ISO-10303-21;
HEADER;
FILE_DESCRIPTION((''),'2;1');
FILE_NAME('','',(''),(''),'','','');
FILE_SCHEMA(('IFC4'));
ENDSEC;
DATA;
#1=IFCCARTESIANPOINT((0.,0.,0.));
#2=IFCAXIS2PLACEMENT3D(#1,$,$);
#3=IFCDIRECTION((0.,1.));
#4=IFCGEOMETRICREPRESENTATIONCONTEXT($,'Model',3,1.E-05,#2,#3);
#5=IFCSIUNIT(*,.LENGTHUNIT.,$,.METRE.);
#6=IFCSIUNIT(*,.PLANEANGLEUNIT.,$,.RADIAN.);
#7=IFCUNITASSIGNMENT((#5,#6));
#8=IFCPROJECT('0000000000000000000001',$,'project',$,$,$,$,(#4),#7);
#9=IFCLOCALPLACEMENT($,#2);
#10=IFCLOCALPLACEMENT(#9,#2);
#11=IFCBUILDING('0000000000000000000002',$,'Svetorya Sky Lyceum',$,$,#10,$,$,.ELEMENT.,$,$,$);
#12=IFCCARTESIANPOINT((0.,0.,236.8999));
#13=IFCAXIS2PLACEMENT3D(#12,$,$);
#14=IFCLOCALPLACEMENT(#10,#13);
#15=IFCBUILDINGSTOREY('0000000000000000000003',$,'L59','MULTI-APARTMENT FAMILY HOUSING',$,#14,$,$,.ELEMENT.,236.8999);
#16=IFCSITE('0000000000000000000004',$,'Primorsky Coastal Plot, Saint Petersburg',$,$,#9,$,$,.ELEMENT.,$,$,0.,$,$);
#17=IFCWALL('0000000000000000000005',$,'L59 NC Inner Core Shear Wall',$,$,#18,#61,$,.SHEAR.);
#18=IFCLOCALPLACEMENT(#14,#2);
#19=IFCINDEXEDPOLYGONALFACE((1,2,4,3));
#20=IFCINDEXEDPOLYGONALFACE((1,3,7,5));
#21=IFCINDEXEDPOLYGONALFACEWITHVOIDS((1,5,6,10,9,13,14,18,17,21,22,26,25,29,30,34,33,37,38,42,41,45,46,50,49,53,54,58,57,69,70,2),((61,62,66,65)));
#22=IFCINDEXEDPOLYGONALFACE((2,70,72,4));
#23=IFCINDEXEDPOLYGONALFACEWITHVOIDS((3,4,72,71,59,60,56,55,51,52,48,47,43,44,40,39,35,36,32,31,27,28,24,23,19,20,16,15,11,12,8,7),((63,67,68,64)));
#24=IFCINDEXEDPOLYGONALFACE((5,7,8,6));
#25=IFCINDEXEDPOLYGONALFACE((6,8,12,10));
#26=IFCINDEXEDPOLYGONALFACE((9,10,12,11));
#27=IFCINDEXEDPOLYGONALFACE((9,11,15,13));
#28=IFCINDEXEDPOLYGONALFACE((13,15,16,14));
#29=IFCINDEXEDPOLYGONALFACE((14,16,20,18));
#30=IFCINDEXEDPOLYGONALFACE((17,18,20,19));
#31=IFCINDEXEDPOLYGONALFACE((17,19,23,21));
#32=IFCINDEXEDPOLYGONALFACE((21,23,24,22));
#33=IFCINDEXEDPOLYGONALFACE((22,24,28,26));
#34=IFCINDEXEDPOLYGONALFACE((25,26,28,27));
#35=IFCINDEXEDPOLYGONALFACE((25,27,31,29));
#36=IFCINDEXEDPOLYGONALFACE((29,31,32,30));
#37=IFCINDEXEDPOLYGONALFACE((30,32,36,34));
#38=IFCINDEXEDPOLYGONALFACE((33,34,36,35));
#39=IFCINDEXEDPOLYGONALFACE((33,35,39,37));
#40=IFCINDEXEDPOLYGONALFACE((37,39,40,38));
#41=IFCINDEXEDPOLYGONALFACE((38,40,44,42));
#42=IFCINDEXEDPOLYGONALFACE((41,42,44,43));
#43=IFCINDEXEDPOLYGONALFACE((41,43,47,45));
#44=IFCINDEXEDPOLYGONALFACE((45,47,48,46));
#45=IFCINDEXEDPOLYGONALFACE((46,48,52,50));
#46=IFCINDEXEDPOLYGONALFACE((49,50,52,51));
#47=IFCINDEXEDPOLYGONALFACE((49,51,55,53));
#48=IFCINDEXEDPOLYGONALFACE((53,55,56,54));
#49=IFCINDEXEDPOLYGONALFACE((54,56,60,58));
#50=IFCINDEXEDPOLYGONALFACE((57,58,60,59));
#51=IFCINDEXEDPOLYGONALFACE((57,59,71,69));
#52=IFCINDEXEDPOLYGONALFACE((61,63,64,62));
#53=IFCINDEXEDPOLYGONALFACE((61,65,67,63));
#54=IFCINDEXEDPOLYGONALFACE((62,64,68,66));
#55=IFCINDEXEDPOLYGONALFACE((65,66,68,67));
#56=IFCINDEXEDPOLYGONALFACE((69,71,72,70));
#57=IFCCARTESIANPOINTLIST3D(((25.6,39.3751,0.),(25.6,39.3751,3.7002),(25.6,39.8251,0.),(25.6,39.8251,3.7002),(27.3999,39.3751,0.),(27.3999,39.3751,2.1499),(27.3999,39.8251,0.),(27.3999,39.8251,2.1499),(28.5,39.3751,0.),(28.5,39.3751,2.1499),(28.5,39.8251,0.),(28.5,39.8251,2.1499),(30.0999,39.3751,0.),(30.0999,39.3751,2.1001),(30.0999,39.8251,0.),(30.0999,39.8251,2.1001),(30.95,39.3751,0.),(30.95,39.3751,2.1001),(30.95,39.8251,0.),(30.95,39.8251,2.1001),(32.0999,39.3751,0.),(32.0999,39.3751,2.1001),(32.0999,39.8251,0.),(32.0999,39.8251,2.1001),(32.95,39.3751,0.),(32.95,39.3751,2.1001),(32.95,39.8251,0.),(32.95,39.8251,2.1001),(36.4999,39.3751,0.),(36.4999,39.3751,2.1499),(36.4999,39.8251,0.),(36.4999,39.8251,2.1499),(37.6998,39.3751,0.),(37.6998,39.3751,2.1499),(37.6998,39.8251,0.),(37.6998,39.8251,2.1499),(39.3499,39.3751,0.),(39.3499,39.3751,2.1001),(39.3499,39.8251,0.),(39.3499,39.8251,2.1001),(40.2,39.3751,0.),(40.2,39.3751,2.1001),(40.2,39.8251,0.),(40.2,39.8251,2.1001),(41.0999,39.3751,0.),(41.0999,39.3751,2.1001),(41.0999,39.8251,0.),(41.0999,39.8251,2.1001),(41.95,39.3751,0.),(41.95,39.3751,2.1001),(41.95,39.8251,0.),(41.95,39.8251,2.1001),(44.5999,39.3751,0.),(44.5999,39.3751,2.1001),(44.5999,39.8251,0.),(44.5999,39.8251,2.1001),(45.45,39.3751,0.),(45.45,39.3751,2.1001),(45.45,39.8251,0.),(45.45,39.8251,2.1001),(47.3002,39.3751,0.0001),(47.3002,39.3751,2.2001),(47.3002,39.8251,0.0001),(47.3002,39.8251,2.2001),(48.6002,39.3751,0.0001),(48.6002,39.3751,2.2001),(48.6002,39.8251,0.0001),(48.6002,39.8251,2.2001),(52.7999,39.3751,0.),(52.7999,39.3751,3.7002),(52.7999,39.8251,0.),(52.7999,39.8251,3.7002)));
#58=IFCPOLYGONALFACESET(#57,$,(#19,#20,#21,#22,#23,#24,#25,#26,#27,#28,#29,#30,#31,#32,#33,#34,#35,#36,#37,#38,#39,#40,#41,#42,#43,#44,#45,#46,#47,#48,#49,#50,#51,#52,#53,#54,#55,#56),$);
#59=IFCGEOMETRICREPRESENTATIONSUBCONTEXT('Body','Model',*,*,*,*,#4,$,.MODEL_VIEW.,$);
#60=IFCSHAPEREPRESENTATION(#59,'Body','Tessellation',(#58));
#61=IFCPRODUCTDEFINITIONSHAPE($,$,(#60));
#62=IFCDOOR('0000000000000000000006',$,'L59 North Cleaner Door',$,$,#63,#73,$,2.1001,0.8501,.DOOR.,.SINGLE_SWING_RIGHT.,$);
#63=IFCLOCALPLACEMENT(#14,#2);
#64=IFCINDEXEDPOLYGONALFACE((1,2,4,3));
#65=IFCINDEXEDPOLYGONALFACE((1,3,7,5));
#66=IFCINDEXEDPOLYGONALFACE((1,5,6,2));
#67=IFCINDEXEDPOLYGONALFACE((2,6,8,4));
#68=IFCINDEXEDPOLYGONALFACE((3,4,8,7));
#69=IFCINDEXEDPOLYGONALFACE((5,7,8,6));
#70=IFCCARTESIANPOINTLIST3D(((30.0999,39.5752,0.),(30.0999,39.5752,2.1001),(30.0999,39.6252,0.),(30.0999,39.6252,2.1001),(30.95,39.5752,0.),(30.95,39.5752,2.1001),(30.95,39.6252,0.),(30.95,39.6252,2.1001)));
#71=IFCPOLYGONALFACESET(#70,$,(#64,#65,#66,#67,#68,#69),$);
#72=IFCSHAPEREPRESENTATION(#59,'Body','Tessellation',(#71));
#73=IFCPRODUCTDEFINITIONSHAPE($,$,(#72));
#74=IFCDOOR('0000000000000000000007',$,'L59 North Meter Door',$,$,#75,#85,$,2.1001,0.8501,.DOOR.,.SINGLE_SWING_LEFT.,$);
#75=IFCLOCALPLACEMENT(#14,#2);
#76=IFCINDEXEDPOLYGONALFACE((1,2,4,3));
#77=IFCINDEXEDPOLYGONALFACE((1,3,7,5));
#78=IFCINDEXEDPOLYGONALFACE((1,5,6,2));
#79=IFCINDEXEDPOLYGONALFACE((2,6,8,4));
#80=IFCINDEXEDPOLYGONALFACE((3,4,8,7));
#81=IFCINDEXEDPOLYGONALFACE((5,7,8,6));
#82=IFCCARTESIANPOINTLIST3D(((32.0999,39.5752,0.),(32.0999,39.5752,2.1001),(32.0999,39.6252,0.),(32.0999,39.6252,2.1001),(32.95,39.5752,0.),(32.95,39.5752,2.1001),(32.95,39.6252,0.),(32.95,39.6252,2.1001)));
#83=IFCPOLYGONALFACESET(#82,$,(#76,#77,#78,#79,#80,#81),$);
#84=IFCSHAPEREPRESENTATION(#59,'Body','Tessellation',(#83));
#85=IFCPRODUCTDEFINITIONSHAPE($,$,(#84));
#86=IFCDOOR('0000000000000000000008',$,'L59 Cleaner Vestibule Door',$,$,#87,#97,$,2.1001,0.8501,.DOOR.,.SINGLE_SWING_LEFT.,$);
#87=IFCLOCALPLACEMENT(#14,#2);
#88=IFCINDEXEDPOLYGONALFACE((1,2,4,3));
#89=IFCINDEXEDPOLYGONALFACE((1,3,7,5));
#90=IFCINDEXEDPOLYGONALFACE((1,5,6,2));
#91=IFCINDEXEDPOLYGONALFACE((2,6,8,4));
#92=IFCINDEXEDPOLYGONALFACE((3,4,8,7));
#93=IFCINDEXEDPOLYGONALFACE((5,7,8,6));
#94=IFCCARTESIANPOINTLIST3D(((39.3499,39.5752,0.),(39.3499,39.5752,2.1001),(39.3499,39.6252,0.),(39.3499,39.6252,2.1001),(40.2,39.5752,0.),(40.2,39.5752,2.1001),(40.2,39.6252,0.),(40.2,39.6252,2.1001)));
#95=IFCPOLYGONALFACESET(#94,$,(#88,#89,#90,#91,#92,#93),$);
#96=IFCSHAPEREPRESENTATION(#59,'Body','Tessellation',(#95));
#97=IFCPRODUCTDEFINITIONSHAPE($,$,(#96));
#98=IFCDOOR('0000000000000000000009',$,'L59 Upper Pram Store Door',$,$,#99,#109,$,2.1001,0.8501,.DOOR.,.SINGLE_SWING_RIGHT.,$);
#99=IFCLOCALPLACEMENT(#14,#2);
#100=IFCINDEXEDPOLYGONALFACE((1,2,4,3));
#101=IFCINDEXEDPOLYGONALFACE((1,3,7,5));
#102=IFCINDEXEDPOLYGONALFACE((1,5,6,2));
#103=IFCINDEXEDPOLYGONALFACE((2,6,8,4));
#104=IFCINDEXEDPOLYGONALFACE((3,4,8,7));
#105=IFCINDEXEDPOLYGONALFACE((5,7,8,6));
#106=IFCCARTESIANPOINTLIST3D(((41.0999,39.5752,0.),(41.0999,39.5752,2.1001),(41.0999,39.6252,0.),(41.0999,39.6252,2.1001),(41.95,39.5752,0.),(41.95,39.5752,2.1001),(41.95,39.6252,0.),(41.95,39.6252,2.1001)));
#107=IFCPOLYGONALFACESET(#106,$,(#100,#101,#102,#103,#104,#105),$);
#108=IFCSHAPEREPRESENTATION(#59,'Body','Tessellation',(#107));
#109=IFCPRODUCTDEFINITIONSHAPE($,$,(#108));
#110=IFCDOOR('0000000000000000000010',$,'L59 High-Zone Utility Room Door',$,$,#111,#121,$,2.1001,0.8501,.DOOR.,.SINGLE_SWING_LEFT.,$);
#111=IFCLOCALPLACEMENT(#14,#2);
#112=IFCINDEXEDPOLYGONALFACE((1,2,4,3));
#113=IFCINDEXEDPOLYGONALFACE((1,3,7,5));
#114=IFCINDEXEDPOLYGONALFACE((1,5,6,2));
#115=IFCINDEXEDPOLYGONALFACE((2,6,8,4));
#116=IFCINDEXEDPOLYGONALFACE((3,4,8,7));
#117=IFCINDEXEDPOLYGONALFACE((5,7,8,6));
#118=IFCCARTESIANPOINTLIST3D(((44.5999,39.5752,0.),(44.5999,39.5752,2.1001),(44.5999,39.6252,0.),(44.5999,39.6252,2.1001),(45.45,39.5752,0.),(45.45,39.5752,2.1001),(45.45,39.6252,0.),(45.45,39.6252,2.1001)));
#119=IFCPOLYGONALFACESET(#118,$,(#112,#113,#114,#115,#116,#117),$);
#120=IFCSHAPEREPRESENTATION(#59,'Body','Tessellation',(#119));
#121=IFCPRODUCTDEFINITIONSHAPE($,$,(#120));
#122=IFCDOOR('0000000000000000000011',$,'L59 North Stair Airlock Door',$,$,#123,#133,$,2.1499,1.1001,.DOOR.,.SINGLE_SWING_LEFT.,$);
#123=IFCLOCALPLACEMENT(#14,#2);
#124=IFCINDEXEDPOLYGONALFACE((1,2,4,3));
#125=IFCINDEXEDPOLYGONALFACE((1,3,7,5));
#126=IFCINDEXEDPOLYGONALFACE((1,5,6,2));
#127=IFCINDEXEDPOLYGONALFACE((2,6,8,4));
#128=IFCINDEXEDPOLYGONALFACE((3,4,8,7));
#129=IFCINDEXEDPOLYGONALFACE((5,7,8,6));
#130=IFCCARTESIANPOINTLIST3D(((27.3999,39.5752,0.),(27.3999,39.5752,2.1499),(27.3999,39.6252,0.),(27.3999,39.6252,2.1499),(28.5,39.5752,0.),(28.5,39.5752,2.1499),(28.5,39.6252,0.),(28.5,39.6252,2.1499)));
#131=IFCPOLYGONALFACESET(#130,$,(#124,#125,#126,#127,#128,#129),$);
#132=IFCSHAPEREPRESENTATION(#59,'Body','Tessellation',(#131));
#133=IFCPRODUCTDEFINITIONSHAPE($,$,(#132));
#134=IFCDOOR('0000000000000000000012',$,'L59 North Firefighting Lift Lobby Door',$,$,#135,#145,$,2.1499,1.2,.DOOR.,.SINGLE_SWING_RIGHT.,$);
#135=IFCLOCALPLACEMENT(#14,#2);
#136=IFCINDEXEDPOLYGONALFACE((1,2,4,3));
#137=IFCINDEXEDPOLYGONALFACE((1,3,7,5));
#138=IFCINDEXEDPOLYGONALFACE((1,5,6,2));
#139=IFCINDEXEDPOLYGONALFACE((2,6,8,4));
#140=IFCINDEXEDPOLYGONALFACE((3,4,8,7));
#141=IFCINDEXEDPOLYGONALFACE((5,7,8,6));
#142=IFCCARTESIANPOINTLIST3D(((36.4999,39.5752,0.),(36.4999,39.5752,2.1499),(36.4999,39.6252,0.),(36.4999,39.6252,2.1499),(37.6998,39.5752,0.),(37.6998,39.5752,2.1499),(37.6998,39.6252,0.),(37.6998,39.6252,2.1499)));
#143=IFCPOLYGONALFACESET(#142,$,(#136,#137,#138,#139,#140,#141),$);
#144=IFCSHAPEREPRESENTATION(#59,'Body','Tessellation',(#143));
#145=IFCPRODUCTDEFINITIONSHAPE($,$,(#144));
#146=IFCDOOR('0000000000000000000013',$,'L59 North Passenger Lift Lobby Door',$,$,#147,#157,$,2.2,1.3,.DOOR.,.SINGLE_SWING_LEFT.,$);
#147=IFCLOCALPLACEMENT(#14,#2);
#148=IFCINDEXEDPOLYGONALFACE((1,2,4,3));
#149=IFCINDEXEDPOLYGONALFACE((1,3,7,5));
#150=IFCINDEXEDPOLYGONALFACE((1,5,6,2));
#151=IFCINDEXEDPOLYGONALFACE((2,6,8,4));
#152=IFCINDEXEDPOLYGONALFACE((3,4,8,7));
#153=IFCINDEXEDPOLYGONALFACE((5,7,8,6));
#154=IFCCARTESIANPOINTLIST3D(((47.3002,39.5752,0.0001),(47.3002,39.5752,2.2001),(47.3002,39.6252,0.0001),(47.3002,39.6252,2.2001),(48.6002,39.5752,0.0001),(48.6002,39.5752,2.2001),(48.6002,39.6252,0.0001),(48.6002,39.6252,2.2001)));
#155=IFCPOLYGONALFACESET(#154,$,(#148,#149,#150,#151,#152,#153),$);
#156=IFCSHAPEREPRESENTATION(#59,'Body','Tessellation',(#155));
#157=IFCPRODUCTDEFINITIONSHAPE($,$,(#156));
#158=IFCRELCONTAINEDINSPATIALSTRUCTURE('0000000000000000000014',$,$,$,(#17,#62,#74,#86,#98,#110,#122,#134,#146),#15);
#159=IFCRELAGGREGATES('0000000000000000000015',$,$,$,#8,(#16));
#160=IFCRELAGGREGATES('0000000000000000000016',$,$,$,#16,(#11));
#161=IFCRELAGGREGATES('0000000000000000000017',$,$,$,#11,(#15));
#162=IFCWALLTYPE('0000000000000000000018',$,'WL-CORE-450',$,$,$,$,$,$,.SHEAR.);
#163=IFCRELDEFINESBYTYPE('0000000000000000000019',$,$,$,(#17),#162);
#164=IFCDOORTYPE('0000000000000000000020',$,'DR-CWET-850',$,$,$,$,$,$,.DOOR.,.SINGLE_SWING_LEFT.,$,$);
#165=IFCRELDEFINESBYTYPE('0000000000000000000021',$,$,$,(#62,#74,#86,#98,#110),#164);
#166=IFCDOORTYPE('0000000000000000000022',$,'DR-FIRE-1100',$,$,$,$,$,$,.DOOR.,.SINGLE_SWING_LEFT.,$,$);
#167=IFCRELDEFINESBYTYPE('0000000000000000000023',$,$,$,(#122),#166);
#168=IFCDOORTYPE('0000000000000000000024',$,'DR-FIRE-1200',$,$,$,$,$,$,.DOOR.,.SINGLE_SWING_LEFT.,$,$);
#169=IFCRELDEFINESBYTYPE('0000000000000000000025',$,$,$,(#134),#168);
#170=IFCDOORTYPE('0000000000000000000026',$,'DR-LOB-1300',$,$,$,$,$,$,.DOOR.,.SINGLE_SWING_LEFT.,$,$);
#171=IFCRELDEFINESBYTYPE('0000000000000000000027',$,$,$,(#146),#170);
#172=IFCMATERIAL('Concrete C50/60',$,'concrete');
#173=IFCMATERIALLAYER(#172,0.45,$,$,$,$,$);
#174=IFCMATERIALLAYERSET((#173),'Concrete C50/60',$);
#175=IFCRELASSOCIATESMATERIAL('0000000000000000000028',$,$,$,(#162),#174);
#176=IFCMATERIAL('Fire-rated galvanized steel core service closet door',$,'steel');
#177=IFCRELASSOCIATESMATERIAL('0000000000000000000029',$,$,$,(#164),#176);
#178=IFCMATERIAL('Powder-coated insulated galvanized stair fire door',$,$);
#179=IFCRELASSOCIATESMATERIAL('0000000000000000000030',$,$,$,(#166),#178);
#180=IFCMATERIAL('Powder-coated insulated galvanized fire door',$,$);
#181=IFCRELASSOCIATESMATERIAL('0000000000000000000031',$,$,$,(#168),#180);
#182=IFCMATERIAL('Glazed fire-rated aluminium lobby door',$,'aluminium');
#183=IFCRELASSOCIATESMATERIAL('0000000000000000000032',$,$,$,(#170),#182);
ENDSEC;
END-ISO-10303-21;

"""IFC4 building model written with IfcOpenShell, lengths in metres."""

from ifc_helpers import new_model, si_unit, direction, frame, frame_2d, origin, place, context, subcontext, project, spatial, rectangle, extrude, material, layer, layer_set, type_object, element, fill, save


model = new_model("IFC4")

# Units and contexts
model_context = context("Model", 3, precision=1e-05, world=origin(), true_north=direction((0.0, 1.0)))
body_context = subcontext(model_context, "Body", "Model", "MODEL_VIEW")
ifc_project = project(units=[si_unit("LENGTHUNIT", "METRE"), si_unit("PLANEANGLEUNIT", "RADIAN")], contexts=[model_context])

# Site, building, storey
site_placement = place(None, origin())
site = spatial("IfcSite", under=ifc_project, at=site_placement, Name="Primorsky Coastal Plot, Saint Petersburg", CompositionType="ELEMENT", RefElevation=0.0)
building_placement = place(site_placement, origin())
building = spatial("IfcBuilding", under=site, at=building_placement, Name="Svetorya Sky Lyceum", CompositionType="ELEMENT")
storey_placement = place(building_placement, frame((0.0, 0.0, 236.8999)))
storey = spatial("IfcBuildingStorey", under=building, at=storey_placement, Name="L59", Description="MULTI-APARTMENT FAMILY HOUSING", CompositionType="ELEMENT", Elevation=236.8999)

# Shared definitions
ifc_material_1 = material(Name="Concrete C50/60", Category="concrete")

# Shared definitions
ifc_layer_1 = layer(ifc_material_1, 0.45)
ifc_layer_set_1 = layer_set([ifc_layer_1], Name="Concrete C50/60")
wall_type_1 = type_object("IfcWallType", Name="WL-CORE-450", PredefinedType="SHEAR", material=ifc_layer_set_1)

# Wall, openings, doors
wall_1_placement = place(storey_placement, frame((52.8, 39.6001, 0.0), z_axis=(0.0, 0.0, 1.0), x_axis=(-1.0, 0.0, 0.0)))
wall_1 = element("IfcWall", 1, at=wall_1_placement, inside=storey, type_object=wall_type_1, Name="L59 NC Inner Core Shear Wall", PredefinedType="SHEAR", context=body_context, shape_type="SweptSolid", body=[
    extrude(rectangle(XDim=27.2, YDim=0.45, at=frame_2d((13.6001, 0.0))), origin(), (0.0, 0.0, 1.0), 3.7002),
])
opening_1_placement = place(wall_1_placement, frame((24.3, 0.0, 0.0)))
opening_1 = element("IfcOpeningElement", 2, at=opening_1_placement, cuts=wall_1, PredefinedType="OPENING", context=body_context, shape_type="SweptSolid", body=[
    extrude(rectangle(XDim=1.1001, YDim=2.1499, at=frame_2d((0.55, 1.075))), frame((0.0, 0.2349, 0.0), z_axis=(0.0, -1.0, 0.0), x_axis=(1.0, 0.0, 0.0)), (0.0, 0.0, 1.0), 0.47),
])
opening_2_placement = place(wall_1_placement, frame((21.8501, 0.0, 0.0)))
opening_2 = element("IfcOpeningElement", 3, at=opening_2_placement, cuts=wall_1, PredefinedType="OPENING", context=body_context, shape_type="SweptSolid", body=[
    extrude(rectangle(XDim=0.8501, YDim=2.1001, at=frame_2d((0.425, 1.05))), frame((0.0, 0.2349, 0.0), z_axis=(0.0, -1.0, 0.0), x_axis=(1.0, 0.0, 0.0)), (0.0, 0.0, 1.0), 0.47),
])
opening_3_placement = place(wall_1_placement, frame((19.8501, 0.0, 0.0)))
opening_3 = element("IfcOpeningElement", 4, at=opening_3_placement, cuts=wall_1, PredefinedType="OPENING", context=body_context, shape_type="SweptSolid", body=[
    extrude(rectangle(XDim=0.8501, YDim=2.1001, at=frame_2d((0.425, 1.05))), frame((0.0, 0.2349, 0.0), z_axis=(0.0, -1.0, 0.0), x_axis=(1.0, 0.0, 0.0)), (0.0, 0.0, 1.0), 0.47),
])
opening_4_placement = place(wall_1_placement, frame((15.1001, 0.0, 0.0)))
opening_4 = element("IfcOpeningElement", 5, at=opening_4_placement, cuts=wall_1, PredefinedType="OPENING", context=body_context, shape_type="SweptSolid", body=[
    extrude(rectangle(XDim=1.2, YDim=2.1499, at=frame_2d((0.6001, 1.075))), frame((0.0, 0.2349, 0.0), z_axis=(0.0, -1.0, 0.0), x_axis=(1.0, 0.0, 0.0)), (0.0, 0.0, 1.0), 0.47),
])
opening_5_placement = place(wall_1_placement, frame((12.6001, 0.0, 0.0)))
opening_5 = element("IfcOpeningElement", 6, at=opening_5_placement, cuts=wall_1, PredefinedType="OPENING", context=body_context, shape_type="SweptSolid", body=[
    extrude(rectangle(XDim=0.8501, YDim=2.1001, at=frame_2d((0.425, 1.05))), frame((0.0, 0.2349, 0.0), z_axis=(0.0, -1.0, 0.0), x_axis=(1.0, 0.0, 0.0)), (0.0, 0.0, 1.0), 0.47),
])
opening_6_placement = place(wall_1_placement, frame((10.8501, 0.0, 0.0)))
opening_6 = element("IfcOpeningElement", 7, at=opening_6_placement, cuts=wall_1, PredefinedType="OPENING", context=body_context, shape_type="SweptSolid", body=[
    extrude(rectangle(XDim=0.8501, YDim=2.1001, at=frame_2d((0.425, 1.05))), frame((0.0, 0.2349, 0.0), z_axis=(0.0, -1.0, 0.0), x_axis=(1.0, 0.0, 0.0)), (0.0, 0.0, 1.0), 0.47),
])
opening_7_placement = place(wall_1_placement, frame((7.3501, 0.0, 0.0)))
opening_7 = element("IfcOpeningElement", 8, at=opening_7_placement, cuts=wall_1, PredefinedType="OPENING", context=body_context, shape_type="SweptSolid", body=[
    extrude(rectangle(XDim=0.8501, YDim=2.1001, at=frame_2d((0.425, 1.05))), frame((0.0, 0.2349, 0.0), z_axis=(0.0, -1.0, 0.0), x_axis=(1.0, 0.0, 0.0)), (0.0, 0.0, 1.0), 0.47),
])
opening_8_placement = place(wall_1_placement, frame((4.2, 0.0, 0.0)))
opening_8 = element("IfcOpeningElement", 9, at=opening_8_placement, cuts=wall_1, PredefinedType="OPENING", context=body_context, shape_type="SweptSolid", body=[
    extrude(rectangle(XDim=1.3, YDim=2.2, at=frame_2d((0.6499, 1.1001))), frame((0.0, 0.2349, 0.0), z_axis=(0.0, -1.0, 0.0), x_axis=(1.0, 0.0, 0.0)), (0.0, 0.0, 1.0), 0.47),
])
ifc_material_2 = material(Name="Fire-rated galvanized steel core service closet door", Category="steel")
door_type_1 = type_object("IfcDoorType", Name="DR-CWET-850", OperationType="SINGLE_SWING_LEFT", PredefinedType="DOOR", material=ifc_material_2)
door_1_placement = place(opening_2_placement, origin())
door_1 = element("IfcDoor", 10, at=door_1_placement, inside=storey, type_object=door_type_1, Name="L59 North Cleaner Door", OperationType="SINGLE_SWING_RIGHT", OverallHeight=2.1001, OverallWidth=0.8501, PredefinedType="DOOR", context=body_context, shape_type="SweptSolid", body=[
    extrude(rectangle(XDim=0.8501, YDim=2.1001, at=frame_2d((0.425, 1.05))), frame((0.0, 0.0249, 0.0), z_axis=(0.0, -1.0, 0.0), x_axis=(1.0, 0.0, 0.0)), (0.0, 0.0, 1.0), 0.05),
])
fill(opening_2, door_1)
door_2_placement = place(opening_3_placement, origin())
door_2 = element("IfcDoor", 11, at=door_2_placement, inside=storey, type_object=door_type_1, Name="L59 North Meter Door", OperationType="SINGLE_SWING_LEFT", OverallHeight=2.1001, OverallWidth=0.8501, PredefinedType="DOOR", context=body_context, shape_type="SweptSolid", body=[
    extrude(rectangle(XDim=0.8501, YDim=2.1001, at=frame_2d((0.425, 1.05))), frame((0.0, 0.0249, 0.0), z_axis=(0.0, -1.0, 0.0), x_axis=(1.0, 0.0, 0.0)), (0.0, 0.0, 1.0), 0.05),
])
fill(opening_3, door_2)
door_3_placement = place(opening_5_placement, origin())
door_3 = element("IfcDoor", 12, at=door_3_placement, inside=storey, type_object=door_type_1, Name="L59 Cleaner Vestibule Door", OperationType="SINGLE_SWING_LEFT", OverallHeight=2.1001, OverallWidth=0.8501, PredefinedType="DOOR", context=body_context, shape_type="SweptSolid", body=[
    extrude(rectangle(XDim=0.8501, YDim=2.1001, at=frame_2d((0.425, 1.05))), frame((0.0, 0.0249, 0.0), z_axis=(0.0, -1.0, 0.0), x_axis=(1.0, 0.0, 0.0)), (0.0, 0.0, 1.0), 0.05),
])
fill(opening_5, door_3)
door_4_placement = place(opening_6_placement, origin())
door_4 = element("IfcDoor", 13, at=door_4_placement, inside=storey, type_object=door_type_1, Name="L59 Upper Pram Store Door", OperationType="SINGLE_SWING_RIGHT", OverallHeight=2.1001, OverallWidth=0.8501, PredefinedType="DOOR", context=body_context, shape_type="SweptSolid", body=[
    extrude(rectangle(XDim=0.8501, YDim=2.1001, at=frame_2d((0.425, 1.05))), frame((0.0, 0.0249, 0.0), z_axis=(0.0, -1.0, 0.0), x_axis=(1.0, 0.0, 0.0)), (0.0, 0.0, 1.0), 0.05),
])
fill(opening_6, door_4)
door_5_placement = place(opening_7_placement, origin())
door_5 = element("IfcDoor", 14, at=door_5_placement, inside=storey, type_object=door_type_1, Name="L59 High-Zone Utility Room Door", OperationType="SINGLE_SWING_LEFT", OverallHeight=2.1001, OverallWidth=0.8501, PredefinedType="DOOR", context=body_context, shape_type="SweptSolid", body=[
    extrude(rectangle(XDim=0.8501, YDim=2.1001, at=frame_2d((0.425, 1.05))), frame((0.0, 0.0249, 0.0), z_axis=(0.0, -1.0, 0.0), x_axis=(1.0, 0.0, 0.0)), (0.0, 0.0, 1.0), 0.05),
])
fill(opening_7, door_5)
ifc_material_3 = material(Name="Powder-coated insulated galvanized stair fire door")
door_type_2 = type_object("IfcDoorType", Name="DR-FIRE-1100", OperationType="SINGLE_SWING_LEFT", PredefinedType="DOOR", material=ifc_material_3)
door_6_placement = place(opening_1_placement, origin())
door_6 = element("IfcDoor", 15, at=door_6_placement, inside=storey, type_object=door_type_2, Name="L59 North Stair Airlock Door", OperationType="SINGLE_SWING_LEFT", OverallHeight=2.1499, OverallWidth=1.1001, PredefinedType="DOOR", context=body_context, shape_type="SweptSolid", body=[
    extrude(rectangle(XDim=1.1001, YDim=2.1499, at=frame_2d((0.55, 1.075))), frame((0.0, 0.0249, 0.0), z_axis=(0.0, -1.0, 0.0), x_axis=(1.0, 0.0, 0.0)), (0.0, 0.0, 1.0), 0.05),
])
fill(opening_1, door_6)
ifc_material_4 = material(Name="Powder-coated insulated galvanized fire door")
door_type_3 = type_object("IfcDoorType", Name="DR-FIRE-1200", OperationType="SINGLE_SWING_LEFT", PredefinedType="DOOR", material=ifc_material_4)
door_7_placement = place(opening_4_placement, origin())
door_7 = element("IfcDoor", 16, at=door_7_placement, inside=storey, type_object=door_type_3, Name="L59 North Firefighting Lift Lobby Door", OperationType="SINGLE_SWING_RIGHT", OverallHeight=2.1499, OverallWidth=1.2, PredefinedType="DOOR", context=body_context, shape_type="SweptSolid", body=[
    extrude(rectangle(XDim=1.2, YDim=2.1499, at=frame_2d((0.6001, 1.075))), frame((0.0, 0.0249, 0.0), z_axis=(0.0, -1.0, 0.0), x_axis=(1.0, 0.0, 0.0)), (0.0, 0.0, 1.0), 0.05),
])
fill(opening_4, door_7)
ifc_material_5 = material(Name="Glazed fire-rated aluminium lobby door", Category="aluminium")
door_type_4 = type_object("IfcDoorType", Name="DR-LOB-1300", OperationType="SINGLE_SWING_LEFT", PredefinedType="DOOR", material=ifc_material_5)
door_8_placement = place(opening_8_placement, origin())
door_8 = element("IfcDoor", 17, at=door_8_placement, inside=storey, type_object=door_type_4, Name="L59 North Passenger Lift Lobby Door", OperationType="SINGLE_SWING_LEFT", OverallHeight=2.2, OverallWidth=1.3, PredefinedType="DOOR", context=body_context, shape_type="SweptSolid", body=[
    extrude(rectangle(XDim=1.3, YDim=2.2, at=frame_2d((0.6499, 1.1001))), frame((0.0, 0.0249, 0.0), z_axis=(0.0, -1.0, 0.0), x_axis=(1.0, 0.0, 0.0)), (0.0, 0.0, 1.0), 0.05),
])
fill(opening_8, door_8)

save(model, "model.ifc")
